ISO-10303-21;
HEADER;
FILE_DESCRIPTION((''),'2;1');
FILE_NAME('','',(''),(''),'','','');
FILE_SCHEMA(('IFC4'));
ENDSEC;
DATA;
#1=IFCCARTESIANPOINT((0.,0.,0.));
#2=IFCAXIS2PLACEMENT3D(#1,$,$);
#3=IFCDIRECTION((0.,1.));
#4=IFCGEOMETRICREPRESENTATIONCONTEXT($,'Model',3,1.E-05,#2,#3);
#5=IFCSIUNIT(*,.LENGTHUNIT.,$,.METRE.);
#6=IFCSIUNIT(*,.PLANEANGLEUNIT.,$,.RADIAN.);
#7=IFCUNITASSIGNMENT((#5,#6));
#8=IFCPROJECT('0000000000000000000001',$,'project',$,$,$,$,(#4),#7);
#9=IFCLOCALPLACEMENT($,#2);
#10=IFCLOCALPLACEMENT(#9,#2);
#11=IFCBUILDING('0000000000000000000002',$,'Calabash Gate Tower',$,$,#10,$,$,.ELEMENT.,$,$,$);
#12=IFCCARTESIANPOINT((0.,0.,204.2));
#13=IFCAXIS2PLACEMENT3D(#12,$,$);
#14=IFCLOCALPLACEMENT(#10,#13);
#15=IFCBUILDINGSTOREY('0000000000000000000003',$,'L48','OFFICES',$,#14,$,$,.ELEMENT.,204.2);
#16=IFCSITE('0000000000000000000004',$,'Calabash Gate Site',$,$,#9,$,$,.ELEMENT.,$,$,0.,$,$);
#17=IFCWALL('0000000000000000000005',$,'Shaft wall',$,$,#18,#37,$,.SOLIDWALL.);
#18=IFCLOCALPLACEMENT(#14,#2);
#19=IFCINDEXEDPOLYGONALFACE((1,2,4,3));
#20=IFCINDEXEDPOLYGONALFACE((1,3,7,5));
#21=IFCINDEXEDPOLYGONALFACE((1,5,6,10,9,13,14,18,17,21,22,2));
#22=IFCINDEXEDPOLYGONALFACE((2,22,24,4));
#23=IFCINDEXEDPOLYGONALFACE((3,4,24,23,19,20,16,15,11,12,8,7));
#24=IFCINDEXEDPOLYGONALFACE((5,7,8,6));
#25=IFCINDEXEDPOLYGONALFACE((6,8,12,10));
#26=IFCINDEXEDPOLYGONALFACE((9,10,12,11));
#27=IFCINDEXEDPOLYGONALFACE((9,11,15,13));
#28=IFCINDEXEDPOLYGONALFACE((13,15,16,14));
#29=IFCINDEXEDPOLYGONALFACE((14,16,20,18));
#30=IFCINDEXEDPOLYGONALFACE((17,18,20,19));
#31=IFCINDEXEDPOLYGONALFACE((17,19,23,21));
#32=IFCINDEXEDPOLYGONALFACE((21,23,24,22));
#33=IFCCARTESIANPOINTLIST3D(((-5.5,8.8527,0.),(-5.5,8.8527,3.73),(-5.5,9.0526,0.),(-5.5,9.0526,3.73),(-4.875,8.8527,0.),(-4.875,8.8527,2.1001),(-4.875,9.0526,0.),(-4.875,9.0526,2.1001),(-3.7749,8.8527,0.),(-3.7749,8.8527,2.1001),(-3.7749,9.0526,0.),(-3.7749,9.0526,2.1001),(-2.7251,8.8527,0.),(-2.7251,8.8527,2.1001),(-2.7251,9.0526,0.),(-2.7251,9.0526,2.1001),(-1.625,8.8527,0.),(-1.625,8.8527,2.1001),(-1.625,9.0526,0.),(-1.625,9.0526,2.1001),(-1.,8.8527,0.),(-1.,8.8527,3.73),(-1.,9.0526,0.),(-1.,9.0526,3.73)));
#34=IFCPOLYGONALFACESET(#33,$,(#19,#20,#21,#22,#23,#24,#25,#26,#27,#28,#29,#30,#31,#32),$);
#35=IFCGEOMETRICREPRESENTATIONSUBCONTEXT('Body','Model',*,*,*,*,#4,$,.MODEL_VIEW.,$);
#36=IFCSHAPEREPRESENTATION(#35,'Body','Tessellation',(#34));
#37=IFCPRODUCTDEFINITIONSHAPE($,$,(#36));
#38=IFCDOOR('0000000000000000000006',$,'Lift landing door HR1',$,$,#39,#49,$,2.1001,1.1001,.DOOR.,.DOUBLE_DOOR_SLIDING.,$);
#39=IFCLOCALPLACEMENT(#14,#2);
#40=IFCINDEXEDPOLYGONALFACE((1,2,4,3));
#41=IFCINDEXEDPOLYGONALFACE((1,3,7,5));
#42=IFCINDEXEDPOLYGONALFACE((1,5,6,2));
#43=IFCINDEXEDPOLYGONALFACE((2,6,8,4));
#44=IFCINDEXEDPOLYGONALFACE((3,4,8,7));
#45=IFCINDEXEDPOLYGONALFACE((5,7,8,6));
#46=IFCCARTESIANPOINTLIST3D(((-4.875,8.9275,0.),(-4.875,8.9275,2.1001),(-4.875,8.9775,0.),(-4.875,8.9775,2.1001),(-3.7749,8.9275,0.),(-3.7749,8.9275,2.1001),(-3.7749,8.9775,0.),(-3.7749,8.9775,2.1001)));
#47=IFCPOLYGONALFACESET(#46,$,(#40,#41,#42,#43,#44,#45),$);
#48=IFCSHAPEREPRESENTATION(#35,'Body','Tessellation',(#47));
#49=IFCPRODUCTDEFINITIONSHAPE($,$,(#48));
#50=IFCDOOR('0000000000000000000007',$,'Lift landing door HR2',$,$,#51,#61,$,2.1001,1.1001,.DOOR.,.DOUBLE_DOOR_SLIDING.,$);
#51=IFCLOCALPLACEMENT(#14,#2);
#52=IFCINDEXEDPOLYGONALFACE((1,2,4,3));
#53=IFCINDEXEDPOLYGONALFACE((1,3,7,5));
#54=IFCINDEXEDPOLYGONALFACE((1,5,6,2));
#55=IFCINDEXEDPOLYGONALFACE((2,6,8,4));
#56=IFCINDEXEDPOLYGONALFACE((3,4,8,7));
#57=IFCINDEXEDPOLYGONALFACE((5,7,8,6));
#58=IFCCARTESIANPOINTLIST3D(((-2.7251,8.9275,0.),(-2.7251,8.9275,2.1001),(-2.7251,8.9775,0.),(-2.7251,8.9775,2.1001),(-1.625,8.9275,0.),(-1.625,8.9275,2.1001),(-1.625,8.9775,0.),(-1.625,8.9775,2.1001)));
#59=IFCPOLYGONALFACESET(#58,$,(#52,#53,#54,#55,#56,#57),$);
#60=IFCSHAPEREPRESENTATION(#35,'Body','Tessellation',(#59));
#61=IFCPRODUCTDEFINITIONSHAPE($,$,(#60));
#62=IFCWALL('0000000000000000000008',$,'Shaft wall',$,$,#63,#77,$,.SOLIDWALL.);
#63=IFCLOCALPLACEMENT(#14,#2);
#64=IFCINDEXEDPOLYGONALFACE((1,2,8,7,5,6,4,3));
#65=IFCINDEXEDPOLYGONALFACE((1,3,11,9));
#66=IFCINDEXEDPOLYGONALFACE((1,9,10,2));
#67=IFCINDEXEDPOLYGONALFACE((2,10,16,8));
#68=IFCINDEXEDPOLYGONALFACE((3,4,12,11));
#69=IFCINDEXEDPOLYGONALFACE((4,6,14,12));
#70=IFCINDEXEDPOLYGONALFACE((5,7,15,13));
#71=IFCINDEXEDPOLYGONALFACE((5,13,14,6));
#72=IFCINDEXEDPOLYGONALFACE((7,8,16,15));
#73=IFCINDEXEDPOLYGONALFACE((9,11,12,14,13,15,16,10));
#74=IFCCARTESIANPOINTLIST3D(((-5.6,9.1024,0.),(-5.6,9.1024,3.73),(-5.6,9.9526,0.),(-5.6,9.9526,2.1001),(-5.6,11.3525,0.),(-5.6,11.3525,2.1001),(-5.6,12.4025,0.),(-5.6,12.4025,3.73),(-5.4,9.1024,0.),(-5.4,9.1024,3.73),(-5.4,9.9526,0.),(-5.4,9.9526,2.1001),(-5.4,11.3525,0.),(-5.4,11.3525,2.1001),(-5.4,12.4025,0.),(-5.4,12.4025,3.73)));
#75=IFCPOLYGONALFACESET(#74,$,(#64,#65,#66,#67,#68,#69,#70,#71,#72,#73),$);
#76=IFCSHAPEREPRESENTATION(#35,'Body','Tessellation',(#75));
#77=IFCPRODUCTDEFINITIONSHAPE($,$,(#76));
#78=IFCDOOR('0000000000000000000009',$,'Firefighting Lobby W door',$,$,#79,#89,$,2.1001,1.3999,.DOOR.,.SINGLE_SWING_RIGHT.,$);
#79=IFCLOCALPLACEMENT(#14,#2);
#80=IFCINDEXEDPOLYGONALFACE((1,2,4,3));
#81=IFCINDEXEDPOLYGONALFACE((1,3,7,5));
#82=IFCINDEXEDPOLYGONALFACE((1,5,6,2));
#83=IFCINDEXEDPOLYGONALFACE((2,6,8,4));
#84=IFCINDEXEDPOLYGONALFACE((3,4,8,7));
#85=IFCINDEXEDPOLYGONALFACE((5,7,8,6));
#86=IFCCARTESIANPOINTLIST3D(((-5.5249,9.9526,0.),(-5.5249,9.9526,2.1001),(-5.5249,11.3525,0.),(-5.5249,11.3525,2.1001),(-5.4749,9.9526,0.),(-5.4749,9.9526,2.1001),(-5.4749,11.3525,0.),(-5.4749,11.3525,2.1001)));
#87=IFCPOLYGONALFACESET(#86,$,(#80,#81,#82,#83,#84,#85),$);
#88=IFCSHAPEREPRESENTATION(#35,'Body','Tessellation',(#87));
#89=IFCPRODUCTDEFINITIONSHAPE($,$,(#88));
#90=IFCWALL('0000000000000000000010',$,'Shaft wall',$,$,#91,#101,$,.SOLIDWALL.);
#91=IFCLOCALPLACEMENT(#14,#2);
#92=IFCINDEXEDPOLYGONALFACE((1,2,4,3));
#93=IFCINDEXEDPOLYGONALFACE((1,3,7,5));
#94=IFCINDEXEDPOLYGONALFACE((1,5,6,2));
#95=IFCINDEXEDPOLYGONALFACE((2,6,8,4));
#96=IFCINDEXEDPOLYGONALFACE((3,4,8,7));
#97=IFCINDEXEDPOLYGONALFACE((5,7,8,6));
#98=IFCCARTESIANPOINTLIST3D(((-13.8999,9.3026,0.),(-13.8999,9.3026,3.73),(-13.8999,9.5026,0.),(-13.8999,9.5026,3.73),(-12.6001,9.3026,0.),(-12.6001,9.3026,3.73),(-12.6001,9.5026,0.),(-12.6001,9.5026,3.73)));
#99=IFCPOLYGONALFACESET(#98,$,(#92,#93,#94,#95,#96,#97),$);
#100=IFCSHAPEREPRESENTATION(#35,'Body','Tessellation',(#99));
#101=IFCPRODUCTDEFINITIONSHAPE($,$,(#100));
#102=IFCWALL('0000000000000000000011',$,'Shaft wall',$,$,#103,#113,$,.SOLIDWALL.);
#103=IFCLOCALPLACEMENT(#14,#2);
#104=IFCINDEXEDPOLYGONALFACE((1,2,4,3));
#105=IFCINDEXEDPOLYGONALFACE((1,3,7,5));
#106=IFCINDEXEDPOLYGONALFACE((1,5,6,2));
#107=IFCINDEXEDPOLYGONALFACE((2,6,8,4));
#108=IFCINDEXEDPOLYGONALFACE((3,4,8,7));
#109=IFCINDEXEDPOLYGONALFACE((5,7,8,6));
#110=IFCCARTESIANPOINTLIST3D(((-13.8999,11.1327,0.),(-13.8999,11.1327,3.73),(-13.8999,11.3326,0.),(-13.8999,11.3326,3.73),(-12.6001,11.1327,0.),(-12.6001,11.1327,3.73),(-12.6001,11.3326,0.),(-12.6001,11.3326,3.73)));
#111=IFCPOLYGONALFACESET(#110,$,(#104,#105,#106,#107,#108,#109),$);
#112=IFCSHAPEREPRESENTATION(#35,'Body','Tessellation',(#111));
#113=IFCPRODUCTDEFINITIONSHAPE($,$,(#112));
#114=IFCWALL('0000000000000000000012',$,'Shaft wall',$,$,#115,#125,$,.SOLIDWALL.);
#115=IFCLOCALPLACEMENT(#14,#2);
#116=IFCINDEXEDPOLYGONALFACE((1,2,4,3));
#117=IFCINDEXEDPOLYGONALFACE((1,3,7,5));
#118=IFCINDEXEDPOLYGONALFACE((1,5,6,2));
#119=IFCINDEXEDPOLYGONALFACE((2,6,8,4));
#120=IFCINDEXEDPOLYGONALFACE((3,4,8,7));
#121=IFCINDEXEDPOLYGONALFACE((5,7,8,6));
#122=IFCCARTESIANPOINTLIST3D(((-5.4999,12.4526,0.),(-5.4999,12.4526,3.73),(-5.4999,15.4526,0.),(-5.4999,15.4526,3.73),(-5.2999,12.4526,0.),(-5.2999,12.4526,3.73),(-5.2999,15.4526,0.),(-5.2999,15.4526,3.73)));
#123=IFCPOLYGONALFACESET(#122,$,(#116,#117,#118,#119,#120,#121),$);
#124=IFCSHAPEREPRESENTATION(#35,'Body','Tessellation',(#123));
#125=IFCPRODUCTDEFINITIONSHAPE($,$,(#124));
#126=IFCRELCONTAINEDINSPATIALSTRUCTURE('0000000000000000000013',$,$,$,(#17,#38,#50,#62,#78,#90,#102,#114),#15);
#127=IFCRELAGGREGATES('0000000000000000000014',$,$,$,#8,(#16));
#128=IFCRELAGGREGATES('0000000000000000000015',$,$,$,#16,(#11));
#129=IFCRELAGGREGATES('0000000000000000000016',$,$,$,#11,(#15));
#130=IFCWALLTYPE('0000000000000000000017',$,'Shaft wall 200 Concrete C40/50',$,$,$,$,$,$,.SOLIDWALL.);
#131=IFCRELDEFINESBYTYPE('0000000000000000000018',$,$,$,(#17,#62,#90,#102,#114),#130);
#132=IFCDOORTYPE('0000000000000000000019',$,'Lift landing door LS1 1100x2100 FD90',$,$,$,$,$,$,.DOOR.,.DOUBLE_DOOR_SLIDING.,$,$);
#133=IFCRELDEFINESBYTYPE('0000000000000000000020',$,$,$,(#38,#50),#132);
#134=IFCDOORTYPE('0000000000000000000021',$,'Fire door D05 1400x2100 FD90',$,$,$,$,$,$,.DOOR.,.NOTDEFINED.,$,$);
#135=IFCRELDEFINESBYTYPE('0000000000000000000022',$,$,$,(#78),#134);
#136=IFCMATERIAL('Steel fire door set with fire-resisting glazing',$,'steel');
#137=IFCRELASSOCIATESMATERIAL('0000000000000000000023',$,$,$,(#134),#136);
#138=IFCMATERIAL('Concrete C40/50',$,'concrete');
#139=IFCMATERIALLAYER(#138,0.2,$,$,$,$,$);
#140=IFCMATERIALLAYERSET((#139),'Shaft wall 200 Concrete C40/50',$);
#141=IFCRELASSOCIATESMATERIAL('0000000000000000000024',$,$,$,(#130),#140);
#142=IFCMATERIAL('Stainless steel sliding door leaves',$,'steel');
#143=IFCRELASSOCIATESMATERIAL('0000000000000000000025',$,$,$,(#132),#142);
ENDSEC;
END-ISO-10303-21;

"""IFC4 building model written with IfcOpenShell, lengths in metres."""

from ifc_helpers import new_model, si_unit, direction, frame, frame_2d, origin, place, context, subcontext, project, spatial, rectangle, extrude, material, layer, layer_set, type_object, element, fill, save


model = new_model("IFC4")

# Units and contexts
model_context = context("Model", 3, precision=1e-05, world=origin(), true_north=direction((0.0, 1.0)))
body_context = subcontext(model_context, "Body", "Model", "MODEL_VIEW")
ifc_project = project(units=[si_unit("LENGTHUNIT", "METRE"), si_unit("PLANEANGLEUNIT", "RADIAN")], contexts=[model_context])

# Site, building, storey
site_placement = place(None, origin())
site = spatial("IfcSite", under=ifc_project, at=site_placement, Name="Calabash Gate Site", CompositionType="ELEMENT", RefElevation=0.0)
building_placement = place(site_placement, origin())
building = spatial("IfcBuilding", under=site, at=building_placement, Name="Calabash Gate Tower", CompositionType="ELEMENT")
storey_placement = place(building_placement, frame((0.0, 0.0, 204.2)))
storey = spatial("IfcBuildingStorey", under=building, at=storey_placement, Name="L48", Description="OFFICES", CompositionType="ELEMENT", Elevation=204.2)

# Shared definitions
ifc_material_1 = material(Name="Steel fire door set with fire-resisting glazing", Category="steel")
door_type_1 = type_object("IfcDoorType", Name="Fire door D05 1400x2100 FD90", OperationType="NOTDEFINED", PredefinedType="DOOR", material=ifc_material_1)

# Shared definitions
ifc_material_2 = material(Name="Concrete C40/50", Category="concrete")
ifc_layer_1 = layer(ifc_material_2, 0.2)
ifc_layer_set_1 = layer_set([ifc_layer_1], Name="Shaft wall 200 Concrete C40/50")
wall_type_1 = type_object("IfcWallType", Name="Shaft wall 200 Concrete C40/50", PredefinedType="SOLIDWALL", material=ifc_layer_set_1)

# Wall, openings, doors
wall_1_placement = place(storey_placement, frame((-5.5, 8.9526, 0.0), z_axis=(0.0, 0.0, 1.0), x_axis=(1.0, 0.0, 0.0)))
wall_1 = element("IfcWall", 1, at=wall_1_placement, inside=storey, type_object=wall_type_1, Name="Shaft wall", PredefinedType="SOLIDWALL", context=body_context, shape_type="SweptSolid", body=[
    extrude(rectangle(XDim=4.5, YDim=0.2, at=frame_2d((2.25, 0.0))), origin(), (0.0, 0.0, 1.0), 3.73),
])
opening_1_placement = place(wall_1_placement, frame((0.625, 0.0, 0.0)))
opening_1 = element("IfcOpeningElement", 2, at=opening_1_placement, cuts=wall_1, PredefinedType="OPENING", context=body_context, shape_type="SweptSolid", body=[
    extrude(rectangle(XDim=1.1001, YDim=2.1001, at=frame_2d((0.55, 1.05))), frame((0.0, 0.1099, 0.0), z_axis=(0.0, -1.0, 0.0), x_axis=(1.0, 0.0, 0.0)), (0.0, 0.0, 1.0), 0.22),
])
opening_2_placement = place(wall_1_placement, frame((2.7749, 0.0, 0.0)))
opening_2 = element("IfcOpeningElement", 3, at=opening_2_placement, cuts=wall_1, PredefinedType="OPENING", context=body_context, shape_type="SweptSolid", body=[
    extrude(rectangle(XDim=1.1001, YDim=2.1001, at=frame_2d((0.55, 1.05))), frame((0.0, 0.1099, 0.0), z_axis=(0.0, -1.0, 0.0), x_axis=(1.0, 0.0, 0.0)), (0.0, 0.0, 1.0), 0.22),
])
ifc_material_3 = material(Name="Stainless steel sliding door leaves", Category="steel")
door_type_2 = type_object("IfcDoorType", Name="Lift landing door LS1 1100x2100 FD90", OperationType="DOUBLE_DOOR_SLIDING", PredefinedType="DOOR", material=ifc_material_3)
door_1_placement = place(opening_1_placement, origin())
door_1 = element("IfcDoor", 4, at=door_1_placement, inside=storey, type_object=door_type_2, Name="Lift landing door HR1", OperationType="DOUBLE_DOOR_SLIDING", OverallHeight=2.1001, OverallWidth=1.1001, PredefinedType="DOOR", context=body_context, shape_type="SweptSolid", body=[
    extrude(rectangle(XDim=1.1001, YDim=2.1001, at=frame_2d((0.55, 1.05))), frame((0.0, 0.0249, 0.0), z_axis=(0.0, -1.0, 0.0), x_axis=(1.0, 0.0, 0.0)), (0.0, 0.0, 1.0), 0.05),
])
fill(opening_1, door_1)
door_2_placement = place(opening_2_placement, origin())
door_2 = element("IfcDoor", 5, at=door_2_placement, inside=storey, type_object=door_type_2, Name="Lift landing door HR2", OperationType="DOUBLE_DOOR_SLIDING", OverallHeight=2.1001, OverallWidth=1.1001, PredefinedType="DOOR", context=body_context, shape_type="SweptSolid", body=[
    extrude(rectangle(XDim=1.1001, YDim=2.1001, at=frame_2d((0.55, 1.05))), frame((0.0, 0.0249, 0.0), z_axis=(0.0, -1.0, 0.0), x_axis=(1.0, 0.0, 0.0)), (0.0, 0.0, 1.0), 0.05),
])
fill(opening_2, door_2)

# Wall, opening, door
wall_2_placement = place(storey_placement, frame((-5.5, 9.1025, 0.0), z_axis=(0.0, 0.0, 1.0), x_axis=(0.0, 1.0, 0.0)))
wall_2 = element("IfcWall", 6, at=wall_2_placement, inside=storey, type_object=wall_type_1, Name="Shaft wall", PredefinedType="SOLIDWALL", context=body_context, shape_type="SweptSolid", body=[
    extrude(rectangle(XDim=3.3, YDim=0.2, at=frame_2d((1.6499, 0.0))), origin(), (0.0, 0.0, 1.0), 3.73),
])
opening_3_placement = place(wall_2_placement, frame((0.8501, 0.0, 0.0)))
opening_3 = element("IfcOpeningElement", 7, at=opening_3_placement, cuts=wall_2, PredefinedType="OPENING", context=body_context, shape_type="SweptSolid", body=[
    extrude(rectangle(XDim=1.3999, YDim=2.1001, at=frame_2d((0.7, 1.05))), frame((0.0, 0.1099, 0.0), z_axis=(0.0, -1.0, 0.0), x_axis=(1.0, 0.0, 0.0)), (0.0, 0.0, 1.0), 0.22),
])
door_3_placement = place(opening_3_placement, origin())
door_3 = element("IfcDoor", 8, at=door_3_placement, inside=storey, type_object=door_type_1, Name="Firefighting Lobby W door", OperationType="SINGLE_SWING_RIGHT", OverallHeight=2.1001, OverallWidth=1.3999, PredefinedType="DOOR", context=body_context, shape_type="SweptSolid", body=[
    extrude(rectangle(XDim=1.3999, YDim=2.1001, at=frame_2d((0.7, 1.05))), frame((0.0, 0.0249, 0.0), z_axis=(0.0, -1.0, 0.0), x_axis=(1.0, 0.0, 0.0)), (0.0, 0.0, 1.0), 0.05),
])
fill(opening_3, door_3)

# Walls
for number, where, z_axis, x_axis, name in (
    (9, (-13.8999, 9.4026, 0.0), (0.0, 0.0, 1.0), (1.0, 0.0, 0.0), "Shaft wall"),
    (10, (-13.8999, 11.2327, 0.0), (0.0, 0.0, 1.0), (1.0, 0.0, 0.0), "Shaft wall"),
):
    element("IfcWall", number, at=place(storey_placement, frame(where, z_axis=z_axis, x_axis=x_axis)), inside=storey, type_object=wall_type_1, Name=name, PredefinedType="SOLIDWALL", context=body_context, shape_type="SweptSolid", body=[
        extrude(rectangle(XDim=1.2998, YDim=0.2, at=frame_2d((0.6499, 0.0))), origin(), (0.0, 0.0, 1.0), 3.73),
    ])
wall_3_placement = place(storey_placement, frame((-5.3999, 12.4526, 0.0), z_axis=(0.0, 0.0, 1.0), x_axis=(0.0, 1.0, 0.0)))
element("IfcWall", 11, at=wall_3_placement, inside=storey, type_object=wall_type_1, Name="Shaft wall", PredefinedType="SOLIDWALL", context=body_context, shape_type="SweptSolid", body=[
    extrude(rectangle(XDim=3.0, YDim=0.2, at=frame_2d((1.5, 0.0))), origin(), (0.0, 0.0, 1.0), 3.73),
])

save(model, "model.ifc")
